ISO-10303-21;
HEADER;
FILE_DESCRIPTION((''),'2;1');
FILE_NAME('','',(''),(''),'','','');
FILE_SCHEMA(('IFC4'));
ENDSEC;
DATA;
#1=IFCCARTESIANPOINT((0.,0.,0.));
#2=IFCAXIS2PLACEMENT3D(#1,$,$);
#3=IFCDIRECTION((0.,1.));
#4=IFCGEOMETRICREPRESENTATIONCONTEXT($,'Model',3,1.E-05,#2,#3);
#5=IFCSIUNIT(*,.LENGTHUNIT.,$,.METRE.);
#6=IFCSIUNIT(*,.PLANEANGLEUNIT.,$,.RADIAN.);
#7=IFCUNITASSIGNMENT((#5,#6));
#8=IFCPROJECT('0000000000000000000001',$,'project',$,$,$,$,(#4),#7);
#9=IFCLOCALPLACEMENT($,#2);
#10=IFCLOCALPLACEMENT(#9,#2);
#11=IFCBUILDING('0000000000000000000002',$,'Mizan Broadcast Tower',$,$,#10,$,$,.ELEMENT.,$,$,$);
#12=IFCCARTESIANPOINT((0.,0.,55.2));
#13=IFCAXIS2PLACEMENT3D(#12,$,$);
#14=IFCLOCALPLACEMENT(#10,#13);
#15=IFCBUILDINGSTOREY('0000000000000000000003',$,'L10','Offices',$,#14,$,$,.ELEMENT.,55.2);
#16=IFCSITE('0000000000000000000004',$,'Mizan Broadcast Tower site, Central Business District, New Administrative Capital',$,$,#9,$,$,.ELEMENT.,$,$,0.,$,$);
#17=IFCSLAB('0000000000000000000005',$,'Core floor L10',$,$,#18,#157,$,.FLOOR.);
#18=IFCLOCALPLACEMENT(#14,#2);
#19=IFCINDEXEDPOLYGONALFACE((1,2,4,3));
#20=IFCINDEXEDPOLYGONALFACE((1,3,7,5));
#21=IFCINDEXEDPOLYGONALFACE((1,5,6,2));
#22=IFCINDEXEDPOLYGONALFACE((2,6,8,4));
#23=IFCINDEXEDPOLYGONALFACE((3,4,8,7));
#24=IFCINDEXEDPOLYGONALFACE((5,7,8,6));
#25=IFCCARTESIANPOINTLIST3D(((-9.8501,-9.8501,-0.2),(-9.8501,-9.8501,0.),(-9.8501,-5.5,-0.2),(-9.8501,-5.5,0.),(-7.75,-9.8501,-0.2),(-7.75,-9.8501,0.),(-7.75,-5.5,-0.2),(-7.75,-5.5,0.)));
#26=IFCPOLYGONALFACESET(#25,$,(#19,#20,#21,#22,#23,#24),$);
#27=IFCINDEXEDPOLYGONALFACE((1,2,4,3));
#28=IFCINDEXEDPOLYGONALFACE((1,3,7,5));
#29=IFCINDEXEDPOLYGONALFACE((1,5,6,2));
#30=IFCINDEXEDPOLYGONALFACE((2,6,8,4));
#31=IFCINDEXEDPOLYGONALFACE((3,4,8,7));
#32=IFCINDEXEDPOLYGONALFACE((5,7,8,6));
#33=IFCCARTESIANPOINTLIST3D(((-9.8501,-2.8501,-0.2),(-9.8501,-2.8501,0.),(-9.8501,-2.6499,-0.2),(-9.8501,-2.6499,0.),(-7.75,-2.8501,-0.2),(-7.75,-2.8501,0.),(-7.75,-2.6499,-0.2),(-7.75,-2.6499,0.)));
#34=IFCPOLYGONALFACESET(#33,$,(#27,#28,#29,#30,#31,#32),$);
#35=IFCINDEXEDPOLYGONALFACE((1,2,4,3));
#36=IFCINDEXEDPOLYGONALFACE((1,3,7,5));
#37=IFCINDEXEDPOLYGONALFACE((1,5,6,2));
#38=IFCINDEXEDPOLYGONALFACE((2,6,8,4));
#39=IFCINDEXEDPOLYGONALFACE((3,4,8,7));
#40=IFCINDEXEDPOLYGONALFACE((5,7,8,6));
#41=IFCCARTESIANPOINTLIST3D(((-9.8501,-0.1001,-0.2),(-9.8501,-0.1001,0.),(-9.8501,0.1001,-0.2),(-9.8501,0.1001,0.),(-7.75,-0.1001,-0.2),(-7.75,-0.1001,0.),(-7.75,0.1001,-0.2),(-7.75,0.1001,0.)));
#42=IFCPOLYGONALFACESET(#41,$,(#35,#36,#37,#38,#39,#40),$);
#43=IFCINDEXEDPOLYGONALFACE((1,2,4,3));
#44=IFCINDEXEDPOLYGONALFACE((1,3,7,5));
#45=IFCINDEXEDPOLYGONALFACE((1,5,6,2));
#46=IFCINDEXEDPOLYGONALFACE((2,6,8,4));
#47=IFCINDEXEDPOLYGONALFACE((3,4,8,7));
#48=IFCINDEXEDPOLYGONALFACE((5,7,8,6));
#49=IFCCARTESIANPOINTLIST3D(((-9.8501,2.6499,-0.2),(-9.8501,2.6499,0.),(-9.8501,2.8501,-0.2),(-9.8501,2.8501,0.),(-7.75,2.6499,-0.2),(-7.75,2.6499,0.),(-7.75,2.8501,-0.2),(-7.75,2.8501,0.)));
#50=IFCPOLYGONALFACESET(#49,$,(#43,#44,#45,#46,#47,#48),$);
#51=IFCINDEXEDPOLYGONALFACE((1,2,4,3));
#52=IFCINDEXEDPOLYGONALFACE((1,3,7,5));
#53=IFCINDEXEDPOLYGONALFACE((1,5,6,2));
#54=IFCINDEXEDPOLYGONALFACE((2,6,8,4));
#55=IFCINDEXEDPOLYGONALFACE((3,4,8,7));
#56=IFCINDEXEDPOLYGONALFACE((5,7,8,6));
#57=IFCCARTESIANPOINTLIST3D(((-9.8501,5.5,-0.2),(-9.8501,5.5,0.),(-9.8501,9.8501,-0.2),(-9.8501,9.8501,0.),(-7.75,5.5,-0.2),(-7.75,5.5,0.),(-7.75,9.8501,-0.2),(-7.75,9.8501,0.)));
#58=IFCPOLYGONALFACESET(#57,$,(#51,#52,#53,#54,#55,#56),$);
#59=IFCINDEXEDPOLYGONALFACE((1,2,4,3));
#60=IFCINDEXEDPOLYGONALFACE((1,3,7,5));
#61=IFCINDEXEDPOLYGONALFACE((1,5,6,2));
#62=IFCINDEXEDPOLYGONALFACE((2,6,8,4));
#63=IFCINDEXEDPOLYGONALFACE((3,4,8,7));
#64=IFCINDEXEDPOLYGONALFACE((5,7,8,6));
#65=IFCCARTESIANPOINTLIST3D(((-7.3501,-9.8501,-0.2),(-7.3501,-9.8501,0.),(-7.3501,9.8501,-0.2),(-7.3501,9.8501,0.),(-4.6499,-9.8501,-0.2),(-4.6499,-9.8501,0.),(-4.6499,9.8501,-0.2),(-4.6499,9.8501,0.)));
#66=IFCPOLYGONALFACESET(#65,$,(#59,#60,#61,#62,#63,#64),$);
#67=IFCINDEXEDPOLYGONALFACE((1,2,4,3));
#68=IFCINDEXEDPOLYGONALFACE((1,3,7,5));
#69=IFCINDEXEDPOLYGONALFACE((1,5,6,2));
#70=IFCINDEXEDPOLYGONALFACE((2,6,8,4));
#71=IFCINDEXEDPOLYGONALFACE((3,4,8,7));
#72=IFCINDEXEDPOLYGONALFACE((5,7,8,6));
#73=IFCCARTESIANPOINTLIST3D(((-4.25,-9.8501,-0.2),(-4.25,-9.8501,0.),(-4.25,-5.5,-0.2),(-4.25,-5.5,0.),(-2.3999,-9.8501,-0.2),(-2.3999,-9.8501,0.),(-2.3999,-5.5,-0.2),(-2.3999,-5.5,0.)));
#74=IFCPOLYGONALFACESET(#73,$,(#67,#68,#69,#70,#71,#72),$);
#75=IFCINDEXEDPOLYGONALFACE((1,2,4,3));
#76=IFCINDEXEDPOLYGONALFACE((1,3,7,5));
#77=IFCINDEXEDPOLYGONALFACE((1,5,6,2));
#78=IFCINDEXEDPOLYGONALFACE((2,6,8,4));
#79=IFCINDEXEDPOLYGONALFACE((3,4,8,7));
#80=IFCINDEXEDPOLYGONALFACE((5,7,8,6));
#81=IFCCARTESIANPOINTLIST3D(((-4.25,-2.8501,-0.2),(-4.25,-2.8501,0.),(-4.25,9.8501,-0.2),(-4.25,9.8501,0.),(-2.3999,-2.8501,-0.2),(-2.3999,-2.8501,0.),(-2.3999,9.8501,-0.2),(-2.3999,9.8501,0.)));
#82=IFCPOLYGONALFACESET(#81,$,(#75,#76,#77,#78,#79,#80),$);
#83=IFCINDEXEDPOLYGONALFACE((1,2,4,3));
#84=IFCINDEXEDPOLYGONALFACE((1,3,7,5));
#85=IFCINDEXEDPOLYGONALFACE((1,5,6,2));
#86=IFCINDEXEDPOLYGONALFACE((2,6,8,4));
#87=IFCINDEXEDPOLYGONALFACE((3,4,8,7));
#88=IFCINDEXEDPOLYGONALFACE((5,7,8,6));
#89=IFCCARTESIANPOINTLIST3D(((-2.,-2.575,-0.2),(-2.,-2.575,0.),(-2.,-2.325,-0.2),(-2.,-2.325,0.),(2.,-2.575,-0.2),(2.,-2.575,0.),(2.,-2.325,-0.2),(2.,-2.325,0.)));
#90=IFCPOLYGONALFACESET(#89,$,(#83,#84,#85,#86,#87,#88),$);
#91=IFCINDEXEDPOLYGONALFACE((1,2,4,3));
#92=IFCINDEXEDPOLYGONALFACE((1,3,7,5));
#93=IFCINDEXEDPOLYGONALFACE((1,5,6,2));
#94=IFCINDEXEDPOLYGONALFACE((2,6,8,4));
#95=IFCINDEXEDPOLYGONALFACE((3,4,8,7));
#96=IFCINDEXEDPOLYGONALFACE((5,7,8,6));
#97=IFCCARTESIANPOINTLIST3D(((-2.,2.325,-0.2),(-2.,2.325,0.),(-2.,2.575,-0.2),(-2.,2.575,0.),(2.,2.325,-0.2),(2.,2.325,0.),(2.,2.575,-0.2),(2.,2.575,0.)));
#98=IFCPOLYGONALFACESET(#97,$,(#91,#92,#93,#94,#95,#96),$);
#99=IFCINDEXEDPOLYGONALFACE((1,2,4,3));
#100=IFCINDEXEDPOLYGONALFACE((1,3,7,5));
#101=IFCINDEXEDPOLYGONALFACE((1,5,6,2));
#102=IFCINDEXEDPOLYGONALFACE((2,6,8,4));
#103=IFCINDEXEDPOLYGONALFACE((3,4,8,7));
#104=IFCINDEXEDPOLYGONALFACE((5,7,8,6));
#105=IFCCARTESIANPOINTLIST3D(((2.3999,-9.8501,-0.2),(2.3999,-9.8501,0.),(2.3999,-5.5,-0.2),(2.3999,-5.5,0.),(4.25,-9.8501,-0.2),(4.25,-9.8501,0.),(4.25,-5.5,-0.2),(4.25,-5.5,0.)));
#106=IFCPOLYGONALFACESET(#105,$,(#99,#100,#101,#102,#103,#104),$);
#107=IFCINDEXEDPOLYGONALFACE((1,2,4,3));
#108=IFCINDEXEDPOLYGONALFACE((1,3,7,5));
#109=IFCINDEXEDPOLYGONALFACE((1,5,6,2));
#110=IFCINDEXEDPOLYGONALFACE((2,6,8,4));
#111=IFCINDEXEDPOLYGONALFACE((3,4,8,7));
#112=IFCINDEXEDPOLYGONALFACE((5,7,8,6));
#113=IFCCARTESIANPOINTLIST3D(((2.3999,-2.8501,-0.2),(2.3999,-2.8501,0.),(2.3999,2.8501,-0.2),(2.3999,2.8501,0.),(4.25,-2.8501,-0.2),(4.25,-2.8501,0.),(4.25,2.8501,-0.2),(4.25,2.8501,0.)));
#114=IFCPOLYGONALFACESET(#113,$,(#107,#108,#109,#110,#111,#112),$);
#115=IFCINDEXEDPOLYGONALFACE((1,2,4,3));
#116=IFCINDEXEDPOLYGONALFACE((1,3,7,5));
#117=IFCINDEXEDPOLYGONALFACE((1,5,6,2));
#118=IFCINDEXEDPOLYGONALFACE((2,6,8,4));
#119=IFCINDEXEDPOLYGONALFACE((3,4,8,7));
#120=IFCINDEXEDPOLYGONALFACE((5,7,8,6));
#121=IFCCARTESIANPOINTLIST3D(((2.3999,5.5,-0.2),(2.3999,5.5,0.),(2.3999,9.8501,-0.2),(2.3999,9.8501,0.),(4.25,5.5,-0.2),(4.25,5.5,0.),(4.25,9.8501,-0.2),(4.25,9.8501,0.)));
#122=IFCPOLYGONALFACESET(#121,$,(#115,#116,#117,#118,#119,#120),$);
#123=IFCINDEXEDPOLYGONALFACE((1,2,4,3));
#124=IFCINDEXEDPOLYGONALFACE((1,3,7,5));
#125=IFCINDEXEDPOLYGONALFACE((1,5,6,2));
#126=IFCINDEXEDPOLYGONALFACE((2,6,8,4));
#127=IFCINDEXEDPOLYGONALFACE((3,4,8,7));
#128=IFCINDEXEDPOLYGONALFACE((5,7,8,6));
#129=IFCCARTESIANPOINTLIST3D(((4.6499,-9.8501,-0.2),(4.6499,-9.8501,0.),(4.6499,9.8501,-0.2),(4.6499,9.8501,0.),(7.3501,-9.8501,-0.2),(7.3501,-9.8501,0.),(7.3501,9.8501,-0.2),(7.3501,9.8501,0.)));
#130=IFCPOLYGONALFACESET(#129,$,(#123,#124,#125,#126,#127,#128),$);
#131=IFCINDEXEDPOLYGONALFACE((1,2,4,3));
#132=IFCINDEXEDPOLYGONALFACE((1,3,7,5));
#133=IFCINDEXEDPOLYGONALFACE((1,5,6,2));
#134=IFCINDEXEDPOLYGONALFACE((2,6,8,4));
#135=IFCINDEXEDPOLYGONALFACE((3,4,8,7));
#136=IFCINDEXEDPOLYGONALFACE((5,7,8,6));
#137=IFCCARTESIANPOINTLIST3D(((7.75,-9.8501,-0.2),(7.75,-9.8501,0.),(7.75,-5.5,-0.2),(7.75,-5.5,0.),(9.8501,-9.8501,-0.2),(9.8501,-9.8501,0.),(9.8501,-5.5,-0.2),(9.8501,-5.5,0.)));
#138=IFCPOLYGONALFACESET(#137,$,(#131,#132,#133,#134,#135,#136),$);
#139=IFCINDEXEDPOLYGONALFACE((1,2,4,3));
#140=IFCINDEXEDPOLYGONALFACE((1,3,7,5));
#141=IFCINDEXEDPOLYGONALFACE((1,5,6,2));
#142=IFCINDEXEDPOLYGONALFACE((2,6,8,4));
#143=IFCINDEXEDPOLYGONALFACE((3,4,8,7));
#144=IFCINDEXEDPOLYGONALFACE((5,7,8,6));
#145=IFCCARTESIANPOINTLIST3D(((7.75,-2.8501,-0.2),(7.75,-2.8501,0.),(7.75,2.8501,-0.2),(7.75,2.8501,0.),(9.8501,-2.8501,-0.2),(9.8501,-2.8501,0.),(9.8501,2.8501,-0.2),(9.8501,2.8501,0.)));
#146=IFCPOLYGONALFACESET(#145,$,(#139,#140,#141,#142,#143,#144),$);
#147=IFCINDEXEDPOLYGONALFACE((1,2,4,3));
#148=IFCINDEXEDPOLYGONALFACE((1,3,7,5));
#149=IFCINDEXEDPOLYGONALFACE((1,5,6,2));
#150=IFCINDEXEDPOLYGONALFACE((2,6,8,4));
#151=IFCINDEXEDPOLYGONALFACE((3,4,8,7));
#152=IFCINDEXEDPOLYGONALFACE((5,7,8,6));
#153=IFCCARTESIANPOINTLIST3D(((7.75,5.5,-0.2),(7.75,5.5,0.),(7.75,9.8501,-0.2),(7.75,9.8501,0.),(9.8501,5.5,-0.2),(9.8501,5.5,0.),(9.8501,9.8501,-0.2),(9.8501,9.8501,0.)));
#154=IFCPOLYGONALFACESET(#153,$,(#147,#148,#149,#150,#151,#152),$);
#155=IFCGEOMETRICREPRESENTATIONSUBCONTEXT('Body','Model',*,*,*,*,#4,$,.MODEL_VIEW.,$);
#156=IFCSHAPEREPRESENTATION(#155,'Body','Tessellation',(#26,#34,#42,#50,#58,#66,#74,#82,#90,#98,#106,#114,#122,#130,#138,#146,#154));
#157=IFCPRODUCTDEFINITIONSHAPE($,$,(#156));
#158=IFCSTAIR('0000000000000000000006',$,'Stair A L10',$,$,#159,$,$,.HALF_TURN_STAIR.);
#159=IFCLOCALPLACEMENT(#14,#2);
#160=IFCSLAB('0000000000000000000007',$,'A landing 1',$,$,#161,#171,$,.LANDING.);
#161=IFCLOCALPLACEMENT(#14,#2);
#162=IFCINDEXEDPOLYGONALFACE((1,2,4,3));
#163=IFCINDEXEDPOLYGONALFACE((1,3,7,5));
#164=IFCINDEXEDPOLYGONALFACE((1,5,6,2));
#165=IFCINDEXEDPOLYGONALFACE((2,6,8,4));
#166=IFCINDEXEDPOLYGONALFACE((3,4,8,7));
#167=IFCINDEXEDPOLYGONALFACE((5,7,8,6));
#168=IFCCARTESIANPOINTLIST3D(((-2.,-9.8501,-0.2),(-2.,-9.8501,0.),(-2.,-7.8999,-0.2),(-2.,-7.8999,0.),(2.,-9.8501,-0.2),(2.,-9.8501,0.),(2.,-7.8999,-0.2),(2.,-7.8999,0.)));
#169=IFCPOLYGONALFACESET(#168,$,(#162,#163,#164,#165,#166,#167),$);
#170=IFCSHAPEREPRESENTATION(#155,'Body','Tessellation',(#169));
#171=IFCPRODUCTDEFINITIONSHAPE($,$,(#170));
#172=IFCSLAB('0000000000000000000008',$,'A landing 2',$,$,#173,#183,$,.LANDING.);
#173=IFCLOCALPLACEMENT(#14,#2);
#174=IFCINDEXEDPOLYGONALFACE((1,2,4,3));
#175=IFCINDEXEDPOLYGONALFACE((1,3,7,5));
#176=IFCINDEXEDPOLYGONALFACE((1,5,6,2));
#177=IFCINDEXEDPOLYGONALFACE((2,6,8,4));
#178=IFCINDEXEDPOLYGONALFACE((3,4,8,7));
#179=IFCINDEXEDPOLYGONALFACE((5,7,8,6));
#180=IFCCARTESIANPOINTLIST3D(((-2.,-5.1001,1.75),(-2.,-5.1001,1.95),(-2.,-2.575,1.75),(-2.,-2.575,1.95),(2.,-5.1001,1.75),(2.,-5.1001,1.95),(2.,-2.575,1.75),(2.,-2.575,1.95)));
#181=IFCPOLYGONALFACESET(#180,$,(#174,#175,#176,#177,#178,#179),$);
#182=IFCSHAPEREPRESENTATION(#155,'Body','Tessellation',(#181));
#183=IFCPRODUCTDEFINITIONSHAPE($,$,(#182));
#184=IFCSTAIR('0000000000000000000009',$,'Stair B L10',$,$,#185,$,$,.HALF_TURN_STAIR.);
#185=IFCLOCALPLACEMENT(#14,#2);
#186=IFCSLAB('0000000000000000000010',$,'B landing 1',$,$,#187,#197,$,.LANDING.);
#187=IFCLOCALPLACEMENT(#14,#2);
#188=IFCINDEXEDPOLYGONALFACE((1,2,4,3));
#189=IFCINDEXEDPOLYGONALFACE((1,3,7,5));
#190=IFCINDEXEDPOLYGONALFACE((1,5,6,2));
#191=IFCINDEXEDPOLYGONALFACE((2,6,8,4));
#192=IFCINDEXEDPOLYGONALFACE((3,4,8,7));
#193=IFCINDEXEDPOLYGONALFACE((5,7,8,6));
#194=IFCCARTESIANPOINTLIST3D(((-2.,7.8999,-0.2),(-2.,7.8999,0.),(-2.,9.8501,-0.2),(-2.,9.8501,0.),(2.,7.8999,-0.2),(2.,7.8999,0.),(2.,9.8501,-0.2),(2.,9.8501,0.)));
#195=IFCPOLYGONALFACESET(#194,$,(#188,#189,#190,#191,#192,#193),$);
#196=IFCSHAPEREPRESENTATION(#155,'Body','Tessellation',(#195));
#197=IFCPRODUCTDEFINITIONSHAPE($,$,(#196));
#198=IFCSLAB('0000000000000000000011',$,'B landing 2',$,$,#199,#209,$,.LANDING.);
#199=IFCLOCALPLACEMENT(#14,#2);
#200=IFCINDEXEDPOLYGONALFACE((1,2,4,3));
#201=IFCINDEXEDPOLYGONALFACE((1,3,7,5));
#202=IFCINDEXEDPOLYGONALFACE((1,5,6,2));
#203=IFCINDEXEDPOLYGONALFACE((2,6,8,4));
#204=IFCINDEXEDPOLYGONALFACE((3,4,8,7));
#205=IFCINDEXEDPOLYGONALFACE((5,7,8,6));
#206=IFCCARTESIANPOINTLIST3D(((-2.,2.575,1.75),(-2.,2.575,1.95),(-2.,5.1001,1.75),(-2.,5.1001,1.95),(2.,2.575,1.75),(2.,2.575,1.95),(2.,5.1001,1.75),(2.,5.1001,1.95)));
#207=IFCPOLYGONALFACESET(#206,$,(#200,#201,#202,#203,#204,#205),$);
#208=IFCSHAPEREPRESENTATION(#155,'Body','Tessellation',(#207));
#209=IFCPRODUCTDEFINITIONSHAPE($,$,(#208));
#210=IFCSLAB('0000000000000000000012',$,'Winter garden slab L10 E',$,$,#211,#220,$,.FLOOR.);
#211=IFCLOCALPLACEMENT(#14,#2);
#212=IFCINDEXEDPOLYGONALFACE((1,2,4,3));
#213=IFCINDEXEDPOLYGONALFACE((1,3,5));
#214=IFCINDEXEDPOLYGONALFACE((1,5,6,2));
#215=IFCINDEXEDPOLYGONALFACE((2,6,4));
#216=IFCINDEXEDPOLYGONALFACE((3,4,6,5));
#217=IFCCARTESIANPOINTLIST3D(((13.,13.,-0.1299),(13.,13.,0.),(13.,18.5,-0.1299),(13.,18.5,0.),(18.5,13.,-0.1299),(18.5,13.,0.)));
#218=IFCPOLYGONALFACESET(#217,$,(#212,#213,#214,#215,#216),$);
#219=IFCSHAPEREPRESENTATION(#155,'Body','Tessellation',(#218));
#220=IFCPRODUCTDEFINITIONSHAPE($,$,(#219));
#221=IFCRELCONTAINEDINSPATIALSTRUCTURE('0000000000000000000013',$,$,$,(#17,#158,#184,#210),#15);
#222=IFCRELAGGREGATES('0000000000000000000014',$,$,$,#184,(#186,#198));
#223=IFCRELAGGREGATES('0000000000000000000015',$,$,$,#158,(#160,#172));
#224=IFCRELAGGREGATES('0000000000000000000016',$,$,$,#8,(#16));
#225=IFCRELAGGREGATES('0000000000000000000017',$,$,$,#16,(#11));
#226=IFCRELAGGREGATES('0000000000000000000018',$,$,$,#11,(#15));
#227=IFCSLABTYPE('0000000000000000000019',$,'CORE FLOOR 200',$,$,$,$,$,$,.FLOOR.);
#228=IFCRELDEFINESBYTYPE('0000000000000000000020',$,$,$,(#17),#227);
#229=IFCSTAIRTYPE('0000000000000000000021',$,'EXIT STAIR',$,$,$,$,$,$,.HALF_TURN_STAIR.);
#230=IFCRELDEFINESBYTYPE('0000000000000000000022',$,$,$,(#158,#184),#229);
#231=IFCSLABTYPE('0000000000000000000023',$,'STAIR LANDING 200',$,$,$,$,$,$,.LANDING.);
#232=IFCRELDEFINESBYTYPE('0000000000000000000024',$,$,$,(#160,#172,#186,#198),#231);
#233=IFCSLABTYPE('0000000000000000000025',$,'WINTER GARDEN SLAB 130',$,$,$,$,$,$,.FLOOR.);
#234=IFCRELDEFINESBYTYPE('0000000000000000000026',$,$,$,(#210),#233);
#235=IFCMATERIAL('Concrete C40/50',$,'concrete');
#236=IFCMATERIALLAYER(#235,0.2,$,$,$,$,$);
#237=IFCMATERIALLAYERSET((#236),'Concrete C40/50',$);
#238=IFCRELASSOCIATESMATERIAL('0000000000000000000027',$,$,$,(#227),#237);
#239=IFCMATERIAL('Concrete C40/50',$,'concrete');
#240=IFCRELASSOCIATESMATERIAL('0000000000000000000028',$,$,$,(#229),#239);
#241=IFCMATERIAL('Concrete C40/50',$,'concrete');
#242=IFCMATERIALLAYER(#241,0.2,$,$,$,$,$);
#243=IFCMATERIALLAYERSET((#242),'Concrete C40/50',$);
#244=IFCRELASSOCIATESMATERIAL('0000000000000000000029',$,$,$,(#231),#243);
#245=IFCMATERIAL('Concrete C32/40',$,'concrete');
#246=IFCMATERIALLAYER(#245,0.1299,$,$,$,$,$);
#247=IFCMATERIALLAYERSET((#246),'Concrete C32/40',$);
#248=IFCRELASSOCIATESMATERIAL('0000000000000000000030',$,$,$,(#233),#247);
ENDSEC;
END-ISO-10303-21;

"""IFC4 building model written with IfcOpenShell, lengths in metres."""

from ifc_helpers import new_model, si_unit, direction, frame, origin, place, context, subcontext, project, spatial, polyline, outline, extrude, material, layer, layer_set, type_object, element, aggregate, save


model = new_model("IFC4")

# Units and contexts
model_context = context("Model", 3, precision=1e-05, world=origin(), true_north=direction((0.0, 1.0)))
body_context = subcontext(model_context, "Body", "Model", "MODEL_VIEW")
ifc_project = project(units=[si_unit("LENGTHUNIT", "METRE"), si_unit("PLANEANGLEUNIT", "RADIAN")], contexts=[model_context])

# Site, building, storey
site_placement = place(None, origin())
site = spatial("IfcSite", under=ifc_project, at=site_placement, Name="Mizan Broadcast Tower site, Central Business District, New Administrative Capital", CompositionType="ELEMENT", RefElevation=0.0)
building_placement = place(site_placement, origin())
building = spatial("IfcBuilding", under=site, at=building_placement, Name="Mizan Broadcast Tower", CompositionType="ELEMENT")
storey_placement = place(building_placement, frame((0.0, 0.0, 55.2)))
storey = spatial("IfcBuildingStorey", under=building, at=storey_placement, Name="L10", Description="Offices", CompositionType="ELEMENT", Elevation=55.2)

# Slab
ifc_material_1 = material(Name="Concrete C40/50", Category="concrete")
ifc_layer_1 = layer(ifc_material_1, 0.2)
ifc_layer_set_1 = layer_set([ifc_layer_1], Name="Concrete C40/50")
slab_type_1 = type_object("IfcSlabType", Name="CORE FLOOR 200", PredefinedType="FLOOR", material=ifc_layer_set_1)
slab_1_placement = place(storey_placement, frame((0.0, 0.0, -0.2)))
element("IfcSlab", 1, at=slab_1_placement, inside=storey, type_object=slab_type_1, Name="Core floor L10", PredefinedType="FLOOR", context=body_context, shape_type="SweptSolid", body=[
    extrude(outline(polyline([(-9.8501, -9.8501), (-7.75, -9.8501), (-7.75, -5.5), (-9.8501, -5.5), (-9.8501, -9.8501)])), origin(), (0.0, 0.0, 1.0), 0.2),
    extrude(outline(polyline([(-9.8501, -2.8501), (-7.75, -2.8501), (-7.75, -2.6499), (-9.8501, -2.6499), (-9.8501, -2.8501)])), origin(), (0.0, 0.0, 1.0), 0.2),
    extrude(outline(polyline([(-9.8501, -0.1001), (-7.75, -0.1001), (-7.75, 0.1001), (-9.8501, 0.1001), (-9.8501, -0.1001)])), origin(), (0.0, 0.0, 1.0), 0.2),
    extrude(outline(polyline([(-9.8501, 2.6499), (-7.75, 2.6499), (-7.75, 2.8501), (-9.8501, 2.8501), (-9.8501, 2.6499)])), origin(), (0.0, 0.0, 1.0), 0.2),
    extrude(outline(polyline([(-9.8501, 5.5), (-7.75, 5.5), (-7.75, 9.8501), (-9.8501, 9.8501), (-9.8501, 5.5)])), origin(), (0.0, 0.0, 1.0), 0.2),
    extrude(outline(polyline([(-4.6499, 9.8501), (-7.3501, 9.8501), (-7.3501, -9.8501), (-4.6499, -9.8501), (-4.6499, 9.8501)])), origin(), (0.0, 0.0, 1.0), 0.2),
    extrude(outline(polyline([(-4.25, -5.5), (-4.25, -9.8501), (-2.3999, -9.8501), (-2.3999, -5.5), (-4.25, -5.5)])), origin(), (0.0, 0.0, 1.0), 0.2),
    extrude(outline(polyline([(-4.25, -2.8501), (-2.3999, -2.8501), (-2.3999, 9.8501), (-4.25, 9.8501), (-4.25, -2.8501)])), origin(), (0.0, 0.0, 1.0), 0.2),
    extrude(outline(polyline([(2.0, -2.325), (-2.0, -2.325), (-2.0, -2.575), (2.0, -2.575), (2.0, -2.325)])), origin(), (0.0, 0.0, 1.0), 0.2),
    extrude(outline(polyline([(2.0, 2.575), (-2.0, 2.575), (-2.0, 2.325), (2.0, 2.325), (2.0, 2.575)])), origin(), (0.0, 0.0, 1.0), 0.2),
    extrude(outline(polyline([(4.25, -9.8501), (4.25, -5.5), (2.3999, -5.5), (2.3999, -9.8501), (4.25, -9.8501)])), origin(), (0.0, 0.0, 1.0), 0.2),
    extrude(outline(polyline([(4.25, -2.8501), (4.25, 2.8501), (2.3999, 2.8501), (2.3999, -2.8501), (4.25, -2.8501)])), origin(), (0.0, 0.0, 1.0), 0.2),
    extrude(outline(polyline([(4.25, 5.5), (4.25, 9.8501), (2.3999, 9.8501), (2.3999, 5.5), (4.25, 5.5)])), origin(), (0.0, 0.0, 1.0), 0.2),
    extrude(outline(polyline([(4.6499, 9.8501), (4.6499, -9.8501), (7.3501, -9.8501), (7.3501, 9.8501), (4.6499, 9.8501)])), origin(), (0.0, 0.0, 1.0), 0.2),
    extrude(outline(polyline([(9.8501, -9.8501), (9.8501, -5.5), (7.75, -5.5), (7.75, -9.8501), (9.8501, -9.8501)])), origin(), (0.0, 0.0, 1.0), 0.2),
    extrude(outline(polyline([(7.75, 2.8501), (7.75, -2.8501), (9.8501, -2.8501), (9.8501, 2.8501), (7.75, 2.8501)])), origin(), (0.0, 0.0, 1.0), 0.2),
    extrude(outline(polyline([(9.8501, 5.5), (9.8501, 9.8501), (7.75, 9.8501), (7.75, 5.5), (9.8501, 5.5)])), origin(), (0.0, 0.0, 1.0), 0.2),
])

# Stairs, slabs
ifc_material_2 = material(Name="Concrete C40/50", Category="concrete")
stair_type = type_object("IfcStairType", Name="EXIT STAIR", PredefinedType="HALF_TURN_STAIR", material=ifc_material_2)
stair_1_placement = place(storey_placement, origin())
stair_1 = element("IfcStair", 2, at=stair_1_placement, inside=storey, type_object=stair_type, Name="Stair A L10", PredefinedType="HALF_TURN_STAIR")
ifc_material_3 = material(Name="Concrete C40/50", Category="concrete")
ifc_layer_2 = layer(ifc_material_3, 0.2)
ifc_layer_set_2 = layer_set([ifc_layer_2], Name="Concrete C40/50")
slab_type_2 = type_object("IfcSlabType", Name="STAIR LANDING 200", PredefinedType="LANDING", material=ifc_layer_set_2)
slab_2_placement = place(storey_placement, frame((0.0, 0.0, -0.2)))
slab_2 = element("IfcSlab", 3, at=slab_2_placement, type_object=slab_type_2, Name="A landing 1", PredefinedType="LANDING", context=body_context, shape_type="SweptSolid", body=[
    extrude(outline(polyline([(-2.0, -9.8501), (-2.0, -7.8999), (2.0, -7.8999), (2.0, -9.8501), (-2.0, -9.8501)])), origin(), (0.0, 0.0, 1.0), 0.2),
])
slab_3_placement = place(storey_placement, frame((0.0, 0.0, 1.75)))
slab_3 = element("IfcSlab", 4, at=slab_3_placement, type_object=slab_type_2, Name="A landing 2", PredefinedType="LANDING", context=body_context, shape_type="SweptSolid", body=[
    extrude(outline(polyline([(-2.0, -5.1001), (-2.0, -2.575), (2.0, -2.575), (2.0, -5.1001), (-2.0, -5.1001)])), origin(), (0.0, 0.0, 1.0), 0.2),
])
stair_2_placement = place(storey_placement, origin())
stair_2 = element("IfcStair", 5, at=stair_2_placement, inside=storey, type_object=stair_type, Name="Stair B L10", PredefinedType="HALF_TURN_STAIR")
slab_4_placement = place(storey_placement, frame((0.0, 0.0, -0.2)))
slab_4 = element("IfcSlab", 6, at=slab_4_placement, type_object=slab_type_2, Name="B landing 1", PredefinedType="LANDING", context=body_context, shape_type="SweptSolid", body=[
    extrude(outline(polyline([(2.0, 9.8501), (2.0, 7.8999), (-2.0, 7.8999), (-2.0, 9.8501), (2.0, 9.8501)])), origin(), (0.0, 0.0, 1.0), 0.2),
])
slab_5_placement = place(storey_placement, frame((0.0, 0.0, 1.75)))
slab_5 = element("IfcSlab", 7, at=slab_5_placement, type_object=slab_type_2, Name="B landing 2", PredefinedType="LANDING", context=body_context, shape_type="SweptSolid", body=[
    extrude(outline(polyline([(2.0, 5.1001), (2.0, 2.575), (-2.0, 2.575), (-2.0, 5.1001), (2.0, 5.1001)])), origin(), (0.0, 0.0, 1.0), 0.2),
])
aggregate(stair_2, [slab_4, slab_5])

# Slab
ifc_material_4 = material(Name="Concrete C32/40", Category="concrete")
ifc_layer_3 = layer(ifc_material_4, 0.1299)
ifc_layer_set_3 = layer_set([ifc_layer_3], Name="Concrete C32/40")
slab_type_3 = type_object("IfcSlabType", Name="WINTER GARDEN SLAB 130", PredefinedType="FLOOR", material=ifc_layer_set_3)
slab_6_placement = place(storey_placement, frame((0.0, 0.0, -0.1299)))
element("IfcSlab", 8, at=slab_6_placement, inside=storey, type_object=slab_type_3, Name="Winter garden slab L10 E", PredefinedType="FLOOR", context=body_context, shape_type="SweptSolid", body=[
    extrude(outline(polyline([(13.0, 13.0), (18.5, 13.0), (13.0, 18.5), (13.0, 13.0)])), origin(), (0.0, 0.0, 1.0), 0.1299),
])

aggregate(stair_1, [slab_2, slab_3])

save(model, "model.ifc")
